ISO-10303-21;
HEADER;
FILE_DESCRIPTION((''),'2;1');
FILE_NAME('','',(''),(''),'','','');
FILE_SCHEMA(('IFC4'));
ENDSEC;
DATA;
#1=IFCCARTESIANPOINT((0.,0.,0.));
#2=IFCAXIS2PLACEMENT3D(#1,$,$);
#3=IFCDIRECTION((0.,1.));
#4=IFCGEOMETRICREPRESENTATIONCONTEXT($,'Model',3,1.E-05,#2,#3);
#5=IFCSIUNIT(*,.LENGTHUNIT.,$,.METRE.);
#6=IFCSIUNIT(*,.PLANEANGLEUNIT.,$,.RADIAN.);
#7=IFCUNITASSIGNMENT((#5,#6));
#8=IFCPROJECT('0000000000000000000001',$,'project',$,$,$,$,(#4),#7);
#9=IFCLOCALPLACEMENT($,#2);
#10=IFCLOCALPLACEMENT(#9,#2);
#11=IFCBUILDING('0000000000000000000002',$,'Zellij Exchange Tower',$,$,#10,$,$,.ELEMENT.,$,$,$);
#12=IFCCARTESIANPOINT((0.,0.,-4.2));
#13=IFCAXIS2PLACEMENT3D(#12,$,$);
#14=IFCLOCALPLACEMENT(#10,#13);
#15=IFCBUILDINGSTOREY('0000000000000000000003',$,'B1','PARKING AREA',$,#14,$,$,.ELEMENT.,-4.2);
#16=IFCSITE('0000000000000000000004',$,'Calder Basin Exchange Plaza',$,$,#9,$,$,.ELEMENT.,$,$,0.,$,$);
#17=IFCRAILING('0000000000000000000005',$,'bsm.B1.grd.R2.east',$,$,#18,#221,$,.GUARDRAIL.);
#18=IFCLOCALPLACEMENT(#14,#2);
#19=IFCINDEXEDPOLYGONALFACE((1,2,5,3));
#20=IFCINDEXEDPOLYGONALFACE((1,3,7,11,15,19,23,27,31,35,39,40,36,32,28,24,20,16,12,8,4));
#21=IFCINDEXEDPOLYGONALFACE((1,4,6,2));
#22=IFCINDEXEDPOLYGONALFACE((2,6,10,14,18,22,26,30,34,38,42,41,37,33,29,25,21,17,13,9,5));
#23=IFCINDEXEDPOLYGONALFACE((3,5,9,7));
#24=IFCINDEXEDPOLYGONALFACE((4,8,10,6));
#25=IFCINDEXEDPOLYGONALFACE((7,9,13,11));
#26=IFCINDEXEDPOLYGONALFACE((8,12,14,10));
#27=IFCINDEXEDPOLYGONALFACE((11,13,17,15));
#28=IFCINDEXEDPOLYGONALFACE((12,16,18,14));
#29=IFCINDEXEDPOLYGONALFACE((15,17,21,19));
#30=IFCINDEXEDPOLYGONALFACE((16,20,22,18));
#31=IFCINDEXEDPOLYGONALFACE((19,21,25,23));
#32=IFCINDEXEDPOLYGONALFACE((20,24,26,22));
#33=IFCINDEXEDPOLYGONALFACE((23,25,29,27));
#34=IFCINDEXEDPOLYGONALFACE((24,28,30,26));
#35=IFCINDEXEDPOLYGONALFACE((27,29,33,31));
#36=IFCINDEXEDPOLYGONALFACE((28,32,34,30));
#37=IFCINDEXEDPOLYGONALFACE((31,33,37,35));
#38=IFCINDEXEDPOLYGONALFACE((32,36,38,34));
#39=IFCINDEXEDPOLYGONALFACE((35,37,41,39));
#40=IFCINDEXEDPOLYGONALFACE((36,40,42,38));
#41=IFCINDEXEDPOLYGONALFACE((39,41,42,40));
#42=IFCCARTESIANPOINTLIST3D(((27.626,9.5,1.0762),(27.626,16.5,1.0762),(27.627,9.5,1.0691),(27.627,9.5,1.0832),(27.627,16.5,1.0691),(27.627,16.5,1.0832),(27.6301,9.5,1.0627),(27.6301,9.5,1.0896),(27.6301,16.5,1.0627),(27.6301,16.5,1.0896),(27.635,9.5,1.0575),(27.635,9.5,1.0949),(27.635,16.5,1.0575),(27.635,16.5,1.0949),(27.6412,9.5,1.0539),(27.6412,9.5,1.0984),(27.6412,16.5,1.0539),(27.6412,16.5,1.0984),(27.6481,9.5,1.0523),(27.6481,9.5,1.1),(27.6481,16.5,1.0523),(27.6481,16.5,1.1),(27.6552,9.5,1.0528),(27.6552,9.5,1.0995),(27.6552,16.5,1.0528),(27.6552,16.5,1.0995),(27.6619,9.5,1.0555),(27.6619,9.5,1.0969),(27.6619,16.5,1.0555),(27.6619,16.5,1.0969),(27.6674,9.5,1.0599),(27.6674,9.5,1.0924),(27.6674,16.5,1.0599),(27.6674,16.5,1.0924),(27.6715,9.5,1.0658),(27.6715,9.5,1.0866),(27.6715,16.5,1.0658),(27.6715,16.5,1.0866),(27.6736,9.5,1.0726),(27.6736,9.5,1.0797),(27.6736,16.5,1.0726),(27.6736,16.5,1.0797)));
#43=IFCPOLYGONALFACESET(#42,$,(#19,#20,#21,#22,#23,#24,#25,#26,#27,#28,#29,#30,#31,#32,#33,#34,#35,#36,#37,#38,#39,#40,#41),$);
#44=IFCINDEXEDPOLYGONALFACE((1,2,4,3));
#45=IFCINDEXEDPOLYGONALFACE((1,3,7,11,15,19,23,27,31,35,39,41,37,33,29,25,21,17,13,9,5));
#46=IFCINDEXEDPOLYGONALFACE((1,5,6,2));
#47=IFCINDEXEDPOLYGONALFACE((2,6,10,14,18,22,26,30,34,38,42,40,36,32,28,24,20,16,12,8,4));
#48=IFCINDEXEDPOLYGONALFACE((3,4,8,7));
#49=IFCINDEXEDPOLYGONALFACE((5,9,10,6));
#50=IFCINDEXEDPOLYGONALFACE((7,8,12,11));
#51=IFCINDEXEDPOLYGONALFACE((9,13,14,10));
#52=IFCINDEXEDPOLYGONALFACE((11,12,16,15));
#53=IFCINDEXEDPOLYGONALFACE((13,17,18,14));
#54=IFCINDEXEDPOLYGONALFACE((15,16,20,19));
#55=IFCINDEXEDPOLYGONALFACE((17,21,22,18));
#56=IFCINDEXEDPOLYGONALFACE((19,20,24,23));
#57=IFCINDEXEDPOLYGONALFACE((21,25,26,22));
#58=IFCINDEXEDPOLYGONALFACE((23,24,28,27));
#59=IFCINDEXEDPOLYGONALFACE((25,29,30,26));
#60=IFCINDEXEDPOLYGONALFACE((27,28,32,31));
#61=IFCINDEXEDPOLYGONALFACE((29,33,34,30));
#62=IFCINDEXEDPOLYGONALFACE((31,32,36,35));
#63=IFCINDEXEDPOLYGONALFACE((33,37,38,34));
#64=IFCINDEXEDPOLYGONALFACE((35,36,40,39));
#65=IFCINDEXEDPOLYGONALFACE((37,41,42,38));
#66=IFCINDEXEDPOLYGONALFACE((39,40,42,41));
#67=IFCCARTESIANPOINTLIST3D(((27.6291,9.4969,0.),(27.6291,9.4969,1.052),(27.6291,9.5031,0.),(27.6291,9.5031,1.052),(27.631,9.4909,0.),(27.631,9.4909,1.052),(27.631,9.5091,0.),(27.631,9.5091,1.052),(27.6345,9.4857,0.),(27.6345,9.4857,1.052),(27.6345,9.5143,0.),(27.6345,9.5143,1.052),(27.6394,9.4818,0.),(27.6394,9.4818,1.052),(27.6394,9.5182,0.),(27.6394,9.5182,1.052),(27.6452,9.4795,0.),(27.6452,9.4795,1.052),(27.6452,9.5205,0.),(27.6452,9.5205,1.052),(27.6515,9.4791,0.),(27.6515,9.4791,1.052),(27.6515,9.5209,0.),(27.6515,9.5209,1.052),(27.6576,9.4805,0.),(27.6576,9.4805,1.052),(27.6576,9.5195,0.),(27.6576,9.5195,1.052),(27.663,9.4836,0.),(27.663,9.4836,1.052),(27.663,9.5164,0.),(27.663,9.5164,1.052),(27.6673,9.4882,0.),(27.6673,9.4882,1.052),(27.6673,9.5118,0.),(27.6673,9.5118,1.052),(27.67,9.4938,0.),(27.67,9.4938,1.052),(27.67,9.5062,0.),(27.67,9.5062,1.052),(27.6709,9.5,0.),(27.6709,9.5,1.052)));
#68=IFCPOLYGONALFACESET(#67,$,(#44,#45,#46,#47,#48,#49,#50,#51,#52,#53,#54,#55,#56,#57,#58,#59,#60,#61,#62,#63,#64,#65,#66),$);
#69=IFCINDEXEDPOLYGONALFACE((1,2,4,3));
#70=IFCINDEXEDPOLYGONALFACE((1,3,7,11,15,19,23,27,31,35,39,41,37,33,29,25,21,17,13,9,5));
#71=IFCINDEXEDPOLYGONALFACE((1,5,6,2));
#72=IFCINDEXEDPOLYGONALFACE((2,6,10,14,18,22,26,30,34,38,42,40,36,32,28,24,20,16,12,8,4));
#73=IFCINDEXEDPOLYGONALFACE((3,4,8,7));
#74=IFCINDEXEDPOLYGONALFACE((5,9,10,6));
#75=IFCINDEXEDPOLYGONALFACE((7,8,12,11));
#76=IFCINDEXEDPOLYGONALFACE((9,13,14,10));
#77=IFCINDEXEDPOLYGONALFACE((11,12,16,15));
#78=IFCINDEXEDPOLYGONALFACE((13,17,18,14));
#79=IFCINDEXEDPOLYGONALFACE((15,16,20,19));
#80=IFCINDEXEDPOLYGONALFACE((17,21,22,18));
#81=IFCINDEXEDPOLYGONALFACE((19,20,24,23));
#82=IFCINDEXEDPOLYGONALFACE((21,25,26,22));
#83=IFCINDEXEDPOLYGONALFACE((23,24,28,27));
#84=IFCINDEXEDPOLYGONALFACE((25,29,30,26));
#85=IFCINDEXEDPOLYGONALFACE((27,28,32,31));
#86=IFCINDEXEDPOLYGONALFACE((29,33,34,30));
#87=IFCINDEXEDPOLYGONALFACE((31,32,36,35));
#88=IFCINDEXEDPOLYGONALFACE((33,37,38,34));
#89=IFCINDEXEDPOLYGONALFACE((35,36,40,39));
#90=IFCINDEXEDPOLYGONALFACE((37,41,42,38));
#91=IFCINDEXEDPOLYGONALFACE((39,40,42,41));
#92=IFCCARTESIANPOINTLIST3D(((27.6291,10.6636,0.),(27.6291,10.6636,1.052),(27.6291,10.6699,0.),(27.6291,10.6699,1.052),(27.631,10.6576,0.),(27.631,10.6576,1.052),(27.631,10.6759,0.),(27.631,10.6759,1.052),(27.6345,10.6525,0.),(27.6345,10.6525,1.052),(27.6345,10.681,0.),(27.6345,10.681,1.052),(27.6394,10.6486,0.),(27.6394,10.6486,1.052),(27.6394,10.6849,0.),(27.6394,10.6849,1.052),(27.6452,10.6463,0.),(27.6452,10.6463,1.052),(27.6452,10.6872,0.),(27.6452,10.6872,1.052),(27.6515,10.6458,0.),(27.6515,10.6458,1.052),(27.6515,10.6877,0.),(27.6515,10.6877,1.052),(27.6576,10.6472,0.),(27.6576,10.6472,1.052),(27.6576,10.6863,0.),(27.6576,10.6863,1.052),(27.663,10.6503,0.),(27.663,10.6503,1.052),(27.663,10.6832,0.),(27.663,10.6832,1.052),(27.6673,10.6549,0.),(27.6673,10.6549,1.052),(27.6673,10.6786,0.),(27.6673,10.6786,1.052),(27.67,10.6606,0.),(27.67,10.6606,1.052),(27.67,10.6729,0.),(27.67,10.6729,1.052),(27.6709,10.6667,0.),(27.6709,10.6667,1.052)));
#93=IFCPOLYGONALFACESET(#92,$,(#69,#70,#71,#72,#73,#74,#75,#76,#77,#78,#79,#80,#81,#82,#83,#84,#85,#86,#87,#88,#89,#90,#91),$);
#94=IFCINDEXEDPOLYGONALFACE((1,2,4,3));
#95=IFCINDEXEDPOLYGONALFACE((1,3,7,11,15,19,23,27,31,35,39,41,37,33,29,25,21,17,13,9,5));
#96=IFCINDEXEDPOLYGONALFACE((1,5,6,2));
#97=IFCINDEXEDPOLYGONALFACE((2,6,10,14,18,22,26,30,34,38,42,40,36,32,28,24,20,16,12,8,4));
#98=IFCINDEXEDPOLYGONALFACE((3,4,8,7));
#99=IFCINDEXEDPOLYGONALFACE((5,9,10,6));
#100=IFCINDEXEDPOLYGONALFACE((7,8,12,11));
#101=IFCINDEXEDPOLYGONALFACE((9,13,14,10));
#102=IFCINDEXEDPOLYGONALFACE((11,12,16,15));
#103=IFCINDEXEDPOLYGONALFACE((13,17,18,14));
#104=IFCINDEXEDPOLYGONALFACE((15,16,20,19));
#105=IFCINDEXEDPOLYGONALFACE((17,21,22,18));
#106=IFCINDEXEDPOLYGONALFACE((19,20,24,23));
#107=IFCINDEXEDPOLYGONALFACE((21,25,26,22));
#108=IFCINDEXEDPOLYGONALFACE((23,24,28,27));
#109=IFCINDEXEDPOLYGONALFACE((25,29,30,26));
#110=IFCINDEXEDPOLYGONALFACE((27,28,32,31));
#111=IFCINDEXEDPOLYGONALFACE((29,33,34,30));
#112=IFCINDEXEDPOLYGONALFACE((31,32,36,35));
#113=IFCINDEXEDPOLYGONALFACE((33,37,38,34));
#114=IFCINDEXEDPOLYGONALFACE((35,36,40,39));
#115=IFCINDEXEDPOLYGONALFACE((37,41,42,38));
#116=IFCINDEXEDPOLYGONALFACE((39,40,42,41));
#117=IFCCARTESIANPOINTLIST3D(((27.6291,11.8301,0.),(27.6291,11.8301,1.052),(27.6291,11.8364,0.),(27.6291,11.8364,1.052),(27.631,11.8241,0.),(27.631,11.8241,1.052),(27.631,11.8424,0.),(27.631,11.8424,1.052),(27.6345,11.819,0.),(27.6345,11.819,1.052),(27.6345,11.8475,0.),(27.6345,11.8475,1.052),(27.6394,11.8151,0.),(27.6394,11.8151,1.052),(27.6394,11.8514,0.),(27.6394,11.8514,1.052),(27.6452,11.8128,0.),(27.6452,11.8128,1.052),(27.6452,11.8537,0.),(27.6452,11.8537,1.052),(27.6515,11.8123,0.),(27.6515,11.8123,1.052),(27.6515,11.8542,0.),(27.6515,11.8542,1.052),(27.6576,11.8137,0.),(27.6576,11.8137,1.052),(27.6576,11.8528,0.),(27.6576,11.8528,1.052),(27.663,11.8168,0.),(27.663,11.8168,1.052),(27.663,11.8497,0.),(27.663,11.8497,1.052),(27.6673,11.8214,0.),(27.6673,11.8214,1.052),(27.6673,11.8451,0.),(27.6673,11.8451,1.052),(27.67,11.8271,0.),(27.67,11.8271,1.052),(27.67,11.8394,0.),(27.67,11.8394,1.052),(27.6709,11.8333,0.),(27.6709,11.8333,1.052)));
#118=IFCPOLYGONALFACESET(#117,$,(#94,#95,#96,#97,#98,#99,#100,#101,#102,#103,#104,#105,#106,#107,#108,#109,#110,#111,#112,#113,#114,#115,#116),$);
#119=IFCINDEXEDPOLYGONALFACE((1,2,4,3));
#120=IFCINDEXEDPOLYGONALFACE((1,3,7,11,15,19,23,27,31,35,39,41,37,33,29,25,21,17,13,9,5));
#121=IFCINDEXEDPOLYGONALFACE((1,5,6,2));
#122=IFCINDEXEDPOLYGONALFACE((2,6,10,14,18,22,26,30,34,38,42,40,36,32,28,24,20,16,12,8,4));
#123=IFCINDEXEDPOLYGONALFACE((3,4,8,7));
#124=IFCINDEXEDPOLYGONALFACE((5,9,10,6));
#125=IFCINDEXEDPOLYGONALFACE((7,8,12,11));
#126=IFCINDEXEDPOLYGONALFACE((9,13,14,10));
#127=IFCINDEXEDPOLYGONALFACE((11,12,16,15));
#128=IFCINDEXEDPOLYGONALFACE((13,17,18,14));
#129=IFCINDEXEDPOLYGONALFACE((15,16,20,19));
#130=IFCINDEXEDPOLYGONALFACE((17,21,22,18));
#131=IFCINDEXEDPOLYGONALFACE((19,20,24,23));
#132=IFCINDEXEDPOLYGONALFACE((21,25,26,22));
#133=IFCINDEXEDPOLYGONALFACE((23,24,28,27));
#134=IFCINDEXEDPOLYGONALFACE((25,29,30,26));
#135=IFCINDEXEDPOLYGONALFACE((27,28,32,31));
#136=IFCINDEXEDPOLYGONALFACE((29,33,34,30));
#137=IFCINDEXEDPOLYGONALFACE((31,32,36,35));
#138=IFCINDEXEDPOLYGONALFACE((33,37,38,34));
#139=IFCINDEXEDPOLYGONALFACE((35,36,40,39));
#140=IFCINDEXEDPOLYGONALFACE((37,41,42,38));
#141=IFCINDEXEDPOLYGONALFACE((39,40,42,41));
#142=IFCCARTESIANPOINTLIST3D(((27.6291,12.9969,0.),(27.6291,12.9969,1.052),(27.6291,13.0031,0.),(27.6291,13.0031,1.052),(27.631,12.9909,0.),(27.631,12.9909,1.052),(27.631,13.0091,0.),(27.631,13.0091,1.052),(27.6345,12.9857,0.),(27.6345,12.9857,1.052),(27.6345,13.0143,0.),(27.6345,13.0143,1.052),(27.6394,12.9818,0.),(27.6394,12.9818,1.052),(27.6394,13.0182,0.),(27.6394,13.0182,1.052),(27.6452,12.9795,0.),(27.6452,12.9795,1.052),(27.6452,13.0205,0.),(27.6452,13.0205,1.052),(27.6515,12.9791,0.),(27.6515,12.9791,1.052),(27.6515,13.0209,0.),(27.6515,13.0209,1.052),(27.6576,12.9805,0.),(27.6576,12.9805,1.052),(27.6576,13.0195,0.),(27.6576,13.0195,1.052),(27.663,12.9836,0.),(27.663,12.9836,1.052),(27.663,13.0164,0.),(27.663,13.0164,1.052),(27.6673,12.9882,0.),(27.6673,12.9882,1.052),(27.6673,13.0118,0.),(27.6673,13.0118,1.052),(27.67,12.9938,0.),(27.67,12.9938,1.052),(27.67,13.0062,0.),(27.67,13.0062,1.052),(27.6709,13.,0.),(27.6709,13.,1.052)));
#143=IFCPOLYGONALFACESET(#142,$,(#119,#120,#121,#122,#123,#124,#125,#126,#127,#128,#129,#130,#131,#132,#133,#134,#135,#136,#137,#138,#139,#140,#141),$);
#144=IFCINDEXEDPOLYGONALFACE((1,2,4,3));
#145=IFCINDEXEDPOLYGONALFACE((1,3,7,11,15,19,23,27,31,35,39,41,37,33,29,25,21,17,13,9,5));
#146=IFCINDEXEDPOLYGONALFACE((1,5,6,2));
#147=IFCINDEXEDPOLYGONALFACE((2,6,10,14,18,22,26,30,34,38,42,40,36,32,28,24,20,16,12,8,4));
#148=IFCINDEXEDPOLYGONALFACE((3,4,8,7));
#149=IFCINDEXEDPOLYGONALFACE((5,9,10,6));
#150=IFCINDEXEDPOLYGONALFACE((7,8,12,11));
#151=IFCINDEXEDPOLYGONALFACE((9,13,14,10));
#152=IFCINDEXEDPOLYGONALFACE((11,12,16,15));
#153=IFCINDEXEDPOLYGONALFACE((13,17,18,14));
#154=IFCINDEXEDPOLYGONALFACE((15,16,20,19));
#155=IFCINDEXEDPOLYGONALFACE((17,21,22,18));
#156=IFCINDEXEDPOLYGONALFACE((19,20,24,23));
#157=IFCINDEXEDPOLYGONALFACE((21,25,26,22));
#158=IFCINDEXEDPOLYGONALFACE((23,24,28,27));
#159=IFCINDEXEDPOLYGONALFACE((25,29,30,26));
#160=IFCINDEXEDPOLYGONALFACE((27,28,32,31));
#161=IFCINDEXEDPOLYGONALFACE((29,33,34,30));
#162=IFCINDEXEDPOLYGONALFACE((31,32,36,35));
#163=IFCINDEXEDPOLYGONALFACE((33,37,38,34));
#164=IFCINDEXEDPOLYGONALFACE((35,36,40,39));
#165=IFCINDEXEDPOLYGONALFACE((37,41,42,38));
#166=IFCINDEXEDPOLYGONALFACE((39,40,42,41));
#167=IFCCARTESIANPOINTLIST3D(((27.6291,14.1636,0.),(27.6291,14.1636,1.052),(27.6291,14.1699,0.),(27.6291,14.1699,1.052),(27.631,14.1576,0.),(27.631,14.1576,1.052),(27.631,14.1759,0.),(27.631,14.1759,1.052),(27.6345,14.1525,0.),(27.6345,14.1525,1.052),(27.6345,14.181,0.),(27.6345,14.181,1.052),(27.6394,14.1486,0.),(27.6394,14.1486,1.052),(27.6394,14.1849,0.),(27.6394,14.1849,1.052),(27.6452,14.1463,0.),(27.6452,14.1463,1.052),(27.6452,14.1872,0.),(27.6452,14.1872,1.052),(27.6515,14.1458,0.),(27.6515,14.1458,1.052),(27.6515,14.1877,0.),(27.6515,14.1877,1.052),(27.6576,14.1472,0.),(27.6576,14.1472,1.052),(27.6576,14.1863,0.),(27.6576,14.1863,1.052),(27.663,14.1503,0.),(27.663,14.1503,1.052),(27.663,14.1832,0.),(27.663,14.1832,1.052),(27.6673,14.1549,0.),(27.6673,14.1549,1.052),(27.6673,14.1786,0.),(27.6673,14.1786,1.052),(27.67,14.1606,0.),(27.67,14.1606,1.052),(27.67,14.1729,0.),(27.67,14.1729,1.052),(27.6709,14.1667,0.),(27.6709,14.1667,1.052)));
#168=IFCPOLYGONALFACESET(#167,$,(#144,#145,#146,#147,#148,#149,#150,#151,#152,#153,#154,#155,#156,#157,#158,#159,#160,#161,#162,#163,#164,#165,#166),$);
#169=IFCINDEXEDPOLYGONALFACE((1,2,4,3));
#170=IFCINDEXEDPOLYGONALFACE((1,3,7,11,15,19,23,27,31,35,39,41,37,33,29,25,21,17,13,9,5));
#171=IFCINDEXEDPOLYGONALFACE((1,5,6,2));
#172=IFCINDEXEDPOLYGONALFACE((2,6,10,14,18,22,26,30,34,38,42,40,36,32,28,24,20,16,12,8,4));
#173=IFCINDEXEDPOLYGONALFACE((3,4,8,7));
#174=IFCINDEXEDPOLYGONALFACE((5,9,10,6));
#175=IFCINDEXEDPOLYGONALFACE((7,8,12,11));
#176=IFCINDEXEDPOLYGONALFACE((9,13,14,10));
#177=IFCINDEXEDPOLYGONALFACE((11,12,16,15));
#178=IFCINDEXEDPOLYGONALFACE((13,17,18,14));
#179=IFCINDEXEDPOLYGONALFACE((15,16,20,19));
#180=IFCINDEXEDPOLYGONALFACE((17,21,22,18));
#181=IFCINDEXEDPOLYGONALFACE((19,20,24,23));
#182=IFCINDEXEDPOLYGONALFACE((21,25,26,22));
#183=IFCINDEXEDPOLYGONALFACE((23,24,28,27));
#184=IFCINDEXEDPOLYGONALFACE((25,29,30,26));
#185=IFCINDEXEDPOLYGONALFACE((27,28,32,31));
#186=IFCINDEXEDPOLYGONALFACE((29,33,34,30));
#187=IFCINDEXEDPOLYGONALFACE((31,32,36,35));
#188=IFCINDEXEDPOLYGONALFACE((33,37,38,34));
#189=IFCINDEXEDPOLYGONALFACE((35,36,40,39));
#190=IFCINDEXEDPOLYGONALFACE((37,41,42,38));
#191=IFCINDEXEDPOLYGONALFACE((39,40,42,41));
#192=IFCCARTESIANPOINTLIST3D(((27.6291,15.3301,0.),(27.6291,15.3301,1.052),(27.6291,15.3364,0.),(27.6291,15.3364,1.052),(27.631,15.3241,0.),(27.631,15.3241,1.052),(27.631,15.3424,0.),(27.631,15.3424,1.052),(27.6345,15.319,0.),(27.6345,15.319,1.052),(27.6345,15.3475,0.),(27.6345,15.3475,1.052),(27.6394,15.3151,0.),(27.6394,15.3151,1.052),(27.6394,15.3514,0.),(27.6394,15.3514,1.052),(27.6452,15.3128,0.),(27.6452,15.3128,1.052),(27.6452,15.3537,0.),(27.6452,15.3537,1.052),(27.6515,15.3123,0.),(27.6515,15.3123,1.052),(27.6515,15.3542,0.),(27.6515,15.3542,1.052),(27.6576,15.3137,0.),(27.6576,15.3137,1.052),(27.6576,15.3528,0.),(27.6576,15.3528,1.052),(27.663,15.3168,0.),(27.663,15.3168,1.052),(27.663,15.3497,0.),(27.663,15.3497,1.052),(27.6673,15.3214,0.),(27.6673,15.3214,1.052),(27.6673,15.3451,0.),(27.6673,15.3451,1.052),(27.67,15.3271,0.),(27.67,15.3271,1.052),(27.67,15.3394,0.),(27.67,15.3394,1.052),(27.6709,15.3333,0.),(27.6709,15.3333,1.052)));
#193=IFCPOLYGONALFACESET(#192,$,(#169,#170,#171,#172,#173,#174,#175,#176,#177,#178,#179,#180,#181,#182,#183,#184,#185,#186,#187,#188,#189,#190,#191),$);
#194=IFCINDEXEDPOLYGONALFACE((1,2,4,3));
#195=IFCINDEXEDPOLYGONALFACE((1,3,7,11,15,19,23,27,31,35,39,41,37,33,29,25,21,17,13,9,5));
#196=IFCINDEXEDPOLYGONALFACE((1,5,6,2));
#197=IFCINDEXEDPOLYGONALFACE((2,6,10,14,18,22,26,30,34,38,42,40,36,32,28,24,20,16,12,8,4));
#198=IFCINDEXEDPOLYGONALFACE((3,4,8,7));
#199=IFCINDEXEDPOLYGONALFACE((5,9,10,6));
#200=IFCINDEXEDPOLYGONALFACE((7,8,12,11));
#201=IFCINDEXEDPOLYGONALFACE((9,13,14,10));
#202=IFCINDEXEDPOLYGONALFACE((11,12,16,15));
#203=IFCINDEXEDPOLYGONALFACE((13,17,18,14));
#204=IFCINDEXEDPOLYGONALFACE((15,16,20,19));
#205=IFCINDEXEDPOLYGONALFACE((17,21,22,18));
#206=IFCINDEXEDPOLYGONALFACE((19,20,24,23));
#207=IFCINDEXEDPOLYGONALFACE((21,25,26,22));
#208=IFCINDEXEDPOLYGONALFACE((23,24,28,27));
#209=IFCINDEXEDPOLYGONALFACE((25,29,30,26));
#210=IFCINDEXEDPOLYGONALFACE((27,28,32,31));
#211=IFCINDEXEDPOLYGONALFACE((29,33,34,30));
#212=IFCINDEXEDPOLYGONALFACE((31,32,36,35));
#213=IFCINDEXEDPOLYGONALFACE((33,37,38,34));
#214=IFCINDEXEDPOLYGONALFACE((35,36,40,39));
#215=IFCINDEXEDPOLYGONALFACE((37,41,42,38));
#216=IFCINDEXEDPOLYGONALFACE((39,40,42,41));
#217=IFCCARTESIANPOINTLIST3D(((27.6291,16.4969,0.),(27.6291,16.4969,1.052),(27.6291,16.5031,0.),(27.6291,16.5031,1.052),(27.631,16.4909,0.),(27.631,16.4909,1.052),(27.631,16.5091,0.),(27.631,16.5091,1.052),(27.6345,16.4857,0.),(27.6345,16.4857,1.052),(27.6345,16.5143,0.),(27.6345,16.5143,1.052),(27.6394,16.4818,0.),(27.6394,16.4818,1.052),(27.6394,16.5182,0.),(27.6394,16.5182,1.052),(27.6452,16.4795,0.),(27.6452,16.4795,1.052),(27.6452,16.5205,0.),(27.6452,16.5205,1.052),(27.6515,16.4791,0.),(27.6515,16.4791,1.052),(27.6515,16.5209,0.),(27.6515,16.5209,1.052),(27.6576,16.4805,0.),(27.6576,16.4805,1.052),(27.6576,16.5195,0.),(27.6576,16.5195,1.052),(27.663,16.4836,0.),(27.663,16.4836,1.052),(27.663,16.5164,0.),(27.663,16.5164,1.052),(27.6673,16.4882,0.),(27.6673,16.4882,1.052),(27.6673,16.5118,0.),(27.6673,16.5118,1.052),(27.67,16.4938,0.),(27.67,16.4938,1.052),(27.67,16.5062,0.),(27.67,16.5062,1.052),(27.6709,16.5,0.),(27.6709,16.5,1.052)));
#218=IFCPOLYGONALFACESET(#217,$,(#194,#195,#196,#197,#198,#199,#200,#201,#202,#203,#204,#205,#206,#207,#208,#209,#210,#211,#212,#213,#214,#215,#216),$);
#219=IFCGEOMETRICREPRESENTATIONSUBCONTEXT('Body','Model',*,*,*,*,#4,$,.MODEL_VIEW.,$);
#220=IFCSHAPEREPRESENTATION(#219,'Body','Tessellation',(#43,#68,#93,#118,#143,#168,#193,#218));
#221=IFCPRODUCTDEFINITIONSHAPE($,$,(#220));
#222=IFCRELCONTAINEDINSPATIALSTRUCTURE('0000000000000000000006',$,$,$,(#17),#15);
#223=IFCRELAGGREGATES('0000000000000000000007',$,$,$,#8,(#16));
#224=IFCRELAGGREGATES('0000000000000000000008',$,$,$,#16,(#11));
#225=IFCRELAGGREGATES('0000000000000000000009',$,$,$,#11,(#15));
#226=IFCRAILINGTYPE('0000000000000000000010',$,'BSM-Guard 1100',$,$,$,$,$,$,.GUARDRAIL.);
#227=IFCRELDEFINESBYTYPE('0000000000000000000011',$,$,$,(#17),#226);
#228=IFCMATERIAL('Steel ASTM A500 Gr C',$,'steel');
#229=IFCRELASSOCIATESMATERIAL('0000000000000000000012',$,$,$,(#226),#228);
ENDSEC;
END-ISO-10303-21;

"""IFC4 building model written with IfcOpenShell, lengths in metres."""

from ifc_helpers import new_model, si_unit, direction, frame, origin, origin_2d, place, context, subcontext, project, spatial, circle, extrude, material, type_object, element, save


model = new_model("IFC4")

# Units and contexts
model_context = context("Model", 3, precision=1e-05, world=origin(), true_north=direction((0.0, 1.0)))
body_context = subcontext(model_context, "Body", "Model", "MODEL_VIEW")
ifc_project = project(units=[si_unit("LENGTHUNIT", "METRE"), si_unit("PLANEANGLEUNIT", "RADIAN")], contexts=[model_context])

# Site, building, storey
site_placement = place(None, origin())
site = spatial("IfcSite", under=ifc_project, at=site_placement, Name="Calder Basin Exchange Plaza", CompositionType="ELEMENT", RefElevation=0.0)
building_placement = place(site_placement, origin())
building = spatial("IfcBuilding", under=site, at=building_placement, Name="Zellij Exchange Tower", CompositionType="ELEMENT")
storey_placement = place(building_placement, frame((0.0, 0.0, -4.2)))
storey = spatial("IfcBuildingStorey", under=building, at=storey_placement, Name="B1", Description="PARKING AREA", CompositionType="ELEMENT", Elevation=-4.2)

# Railing
ifc_material_1 = material(Name="Steel ASTM A500 Gr C", Category="steel")
railing_type = type_object("IfcRailingType", Name="BSM-Guard 1100", PredefinedType="GUARDRAIL", material=ifc_material_1)
railing_placement = place(storey_placement, frame((27.6499, 9.5, 0.0)))
element("IfcRailing", 1, at=railing_placement, inside=storey, type_object=railing_type, Name="bsm.B1.grd.R2.east", PredefinedType="GUARDRAIL", context=body_context, shape_type="SweptSolid", body=[
    extrude(circle(Radius=0.0239, at=origin_2d()), frame((0.0, 0.0, 1.0762), z_axis=(0.0, 1.0, 0.0), x_axis=(-1.0, 0.0, 0.0)), (0.0, 0.0, 1.0), 7.0),
    extrude(circle(Radius=0.021, at=origin_2d()), origin(), (0.0, 0.0, 1.0), 1.052),
    extrude(circle(Radius=0.021, at=origin_2d()), frame((0.0, 1.1667, 0.0)), (0.0, 0.0, 1.0), 1.052),
    extrude(circle(Radius=0.021, at=origin_2d()), frame((0.0, 2.3333, 0.0)), (0.0, 0.0, 1.0), 1.052),
    extrude(circle(Radius=0.021, at=origin_2d()), frame((0.0, 3.5, 0.0)), (0.0, 0.0, 1.0), 1.052),
    extrude(circle(Radius=0.021, at=origin_2d()), frame((0.0, 4.6667, 0.0)), (0.0, 0.0, 1.0), 1.052),
    extrude(circle(Radius=0.021, at=origin_2d()), frame((0.0, 5.8333, 0.0)), (0.0, 0.0, 1.0), 1.052),
    extrude(circle(Radius=0.021, at=origin_2d()), frame((0.0, 7.0, 0.0)), (0.0, 0.0, 1.0), 1.052),
])

save(model, "model.ifc")
